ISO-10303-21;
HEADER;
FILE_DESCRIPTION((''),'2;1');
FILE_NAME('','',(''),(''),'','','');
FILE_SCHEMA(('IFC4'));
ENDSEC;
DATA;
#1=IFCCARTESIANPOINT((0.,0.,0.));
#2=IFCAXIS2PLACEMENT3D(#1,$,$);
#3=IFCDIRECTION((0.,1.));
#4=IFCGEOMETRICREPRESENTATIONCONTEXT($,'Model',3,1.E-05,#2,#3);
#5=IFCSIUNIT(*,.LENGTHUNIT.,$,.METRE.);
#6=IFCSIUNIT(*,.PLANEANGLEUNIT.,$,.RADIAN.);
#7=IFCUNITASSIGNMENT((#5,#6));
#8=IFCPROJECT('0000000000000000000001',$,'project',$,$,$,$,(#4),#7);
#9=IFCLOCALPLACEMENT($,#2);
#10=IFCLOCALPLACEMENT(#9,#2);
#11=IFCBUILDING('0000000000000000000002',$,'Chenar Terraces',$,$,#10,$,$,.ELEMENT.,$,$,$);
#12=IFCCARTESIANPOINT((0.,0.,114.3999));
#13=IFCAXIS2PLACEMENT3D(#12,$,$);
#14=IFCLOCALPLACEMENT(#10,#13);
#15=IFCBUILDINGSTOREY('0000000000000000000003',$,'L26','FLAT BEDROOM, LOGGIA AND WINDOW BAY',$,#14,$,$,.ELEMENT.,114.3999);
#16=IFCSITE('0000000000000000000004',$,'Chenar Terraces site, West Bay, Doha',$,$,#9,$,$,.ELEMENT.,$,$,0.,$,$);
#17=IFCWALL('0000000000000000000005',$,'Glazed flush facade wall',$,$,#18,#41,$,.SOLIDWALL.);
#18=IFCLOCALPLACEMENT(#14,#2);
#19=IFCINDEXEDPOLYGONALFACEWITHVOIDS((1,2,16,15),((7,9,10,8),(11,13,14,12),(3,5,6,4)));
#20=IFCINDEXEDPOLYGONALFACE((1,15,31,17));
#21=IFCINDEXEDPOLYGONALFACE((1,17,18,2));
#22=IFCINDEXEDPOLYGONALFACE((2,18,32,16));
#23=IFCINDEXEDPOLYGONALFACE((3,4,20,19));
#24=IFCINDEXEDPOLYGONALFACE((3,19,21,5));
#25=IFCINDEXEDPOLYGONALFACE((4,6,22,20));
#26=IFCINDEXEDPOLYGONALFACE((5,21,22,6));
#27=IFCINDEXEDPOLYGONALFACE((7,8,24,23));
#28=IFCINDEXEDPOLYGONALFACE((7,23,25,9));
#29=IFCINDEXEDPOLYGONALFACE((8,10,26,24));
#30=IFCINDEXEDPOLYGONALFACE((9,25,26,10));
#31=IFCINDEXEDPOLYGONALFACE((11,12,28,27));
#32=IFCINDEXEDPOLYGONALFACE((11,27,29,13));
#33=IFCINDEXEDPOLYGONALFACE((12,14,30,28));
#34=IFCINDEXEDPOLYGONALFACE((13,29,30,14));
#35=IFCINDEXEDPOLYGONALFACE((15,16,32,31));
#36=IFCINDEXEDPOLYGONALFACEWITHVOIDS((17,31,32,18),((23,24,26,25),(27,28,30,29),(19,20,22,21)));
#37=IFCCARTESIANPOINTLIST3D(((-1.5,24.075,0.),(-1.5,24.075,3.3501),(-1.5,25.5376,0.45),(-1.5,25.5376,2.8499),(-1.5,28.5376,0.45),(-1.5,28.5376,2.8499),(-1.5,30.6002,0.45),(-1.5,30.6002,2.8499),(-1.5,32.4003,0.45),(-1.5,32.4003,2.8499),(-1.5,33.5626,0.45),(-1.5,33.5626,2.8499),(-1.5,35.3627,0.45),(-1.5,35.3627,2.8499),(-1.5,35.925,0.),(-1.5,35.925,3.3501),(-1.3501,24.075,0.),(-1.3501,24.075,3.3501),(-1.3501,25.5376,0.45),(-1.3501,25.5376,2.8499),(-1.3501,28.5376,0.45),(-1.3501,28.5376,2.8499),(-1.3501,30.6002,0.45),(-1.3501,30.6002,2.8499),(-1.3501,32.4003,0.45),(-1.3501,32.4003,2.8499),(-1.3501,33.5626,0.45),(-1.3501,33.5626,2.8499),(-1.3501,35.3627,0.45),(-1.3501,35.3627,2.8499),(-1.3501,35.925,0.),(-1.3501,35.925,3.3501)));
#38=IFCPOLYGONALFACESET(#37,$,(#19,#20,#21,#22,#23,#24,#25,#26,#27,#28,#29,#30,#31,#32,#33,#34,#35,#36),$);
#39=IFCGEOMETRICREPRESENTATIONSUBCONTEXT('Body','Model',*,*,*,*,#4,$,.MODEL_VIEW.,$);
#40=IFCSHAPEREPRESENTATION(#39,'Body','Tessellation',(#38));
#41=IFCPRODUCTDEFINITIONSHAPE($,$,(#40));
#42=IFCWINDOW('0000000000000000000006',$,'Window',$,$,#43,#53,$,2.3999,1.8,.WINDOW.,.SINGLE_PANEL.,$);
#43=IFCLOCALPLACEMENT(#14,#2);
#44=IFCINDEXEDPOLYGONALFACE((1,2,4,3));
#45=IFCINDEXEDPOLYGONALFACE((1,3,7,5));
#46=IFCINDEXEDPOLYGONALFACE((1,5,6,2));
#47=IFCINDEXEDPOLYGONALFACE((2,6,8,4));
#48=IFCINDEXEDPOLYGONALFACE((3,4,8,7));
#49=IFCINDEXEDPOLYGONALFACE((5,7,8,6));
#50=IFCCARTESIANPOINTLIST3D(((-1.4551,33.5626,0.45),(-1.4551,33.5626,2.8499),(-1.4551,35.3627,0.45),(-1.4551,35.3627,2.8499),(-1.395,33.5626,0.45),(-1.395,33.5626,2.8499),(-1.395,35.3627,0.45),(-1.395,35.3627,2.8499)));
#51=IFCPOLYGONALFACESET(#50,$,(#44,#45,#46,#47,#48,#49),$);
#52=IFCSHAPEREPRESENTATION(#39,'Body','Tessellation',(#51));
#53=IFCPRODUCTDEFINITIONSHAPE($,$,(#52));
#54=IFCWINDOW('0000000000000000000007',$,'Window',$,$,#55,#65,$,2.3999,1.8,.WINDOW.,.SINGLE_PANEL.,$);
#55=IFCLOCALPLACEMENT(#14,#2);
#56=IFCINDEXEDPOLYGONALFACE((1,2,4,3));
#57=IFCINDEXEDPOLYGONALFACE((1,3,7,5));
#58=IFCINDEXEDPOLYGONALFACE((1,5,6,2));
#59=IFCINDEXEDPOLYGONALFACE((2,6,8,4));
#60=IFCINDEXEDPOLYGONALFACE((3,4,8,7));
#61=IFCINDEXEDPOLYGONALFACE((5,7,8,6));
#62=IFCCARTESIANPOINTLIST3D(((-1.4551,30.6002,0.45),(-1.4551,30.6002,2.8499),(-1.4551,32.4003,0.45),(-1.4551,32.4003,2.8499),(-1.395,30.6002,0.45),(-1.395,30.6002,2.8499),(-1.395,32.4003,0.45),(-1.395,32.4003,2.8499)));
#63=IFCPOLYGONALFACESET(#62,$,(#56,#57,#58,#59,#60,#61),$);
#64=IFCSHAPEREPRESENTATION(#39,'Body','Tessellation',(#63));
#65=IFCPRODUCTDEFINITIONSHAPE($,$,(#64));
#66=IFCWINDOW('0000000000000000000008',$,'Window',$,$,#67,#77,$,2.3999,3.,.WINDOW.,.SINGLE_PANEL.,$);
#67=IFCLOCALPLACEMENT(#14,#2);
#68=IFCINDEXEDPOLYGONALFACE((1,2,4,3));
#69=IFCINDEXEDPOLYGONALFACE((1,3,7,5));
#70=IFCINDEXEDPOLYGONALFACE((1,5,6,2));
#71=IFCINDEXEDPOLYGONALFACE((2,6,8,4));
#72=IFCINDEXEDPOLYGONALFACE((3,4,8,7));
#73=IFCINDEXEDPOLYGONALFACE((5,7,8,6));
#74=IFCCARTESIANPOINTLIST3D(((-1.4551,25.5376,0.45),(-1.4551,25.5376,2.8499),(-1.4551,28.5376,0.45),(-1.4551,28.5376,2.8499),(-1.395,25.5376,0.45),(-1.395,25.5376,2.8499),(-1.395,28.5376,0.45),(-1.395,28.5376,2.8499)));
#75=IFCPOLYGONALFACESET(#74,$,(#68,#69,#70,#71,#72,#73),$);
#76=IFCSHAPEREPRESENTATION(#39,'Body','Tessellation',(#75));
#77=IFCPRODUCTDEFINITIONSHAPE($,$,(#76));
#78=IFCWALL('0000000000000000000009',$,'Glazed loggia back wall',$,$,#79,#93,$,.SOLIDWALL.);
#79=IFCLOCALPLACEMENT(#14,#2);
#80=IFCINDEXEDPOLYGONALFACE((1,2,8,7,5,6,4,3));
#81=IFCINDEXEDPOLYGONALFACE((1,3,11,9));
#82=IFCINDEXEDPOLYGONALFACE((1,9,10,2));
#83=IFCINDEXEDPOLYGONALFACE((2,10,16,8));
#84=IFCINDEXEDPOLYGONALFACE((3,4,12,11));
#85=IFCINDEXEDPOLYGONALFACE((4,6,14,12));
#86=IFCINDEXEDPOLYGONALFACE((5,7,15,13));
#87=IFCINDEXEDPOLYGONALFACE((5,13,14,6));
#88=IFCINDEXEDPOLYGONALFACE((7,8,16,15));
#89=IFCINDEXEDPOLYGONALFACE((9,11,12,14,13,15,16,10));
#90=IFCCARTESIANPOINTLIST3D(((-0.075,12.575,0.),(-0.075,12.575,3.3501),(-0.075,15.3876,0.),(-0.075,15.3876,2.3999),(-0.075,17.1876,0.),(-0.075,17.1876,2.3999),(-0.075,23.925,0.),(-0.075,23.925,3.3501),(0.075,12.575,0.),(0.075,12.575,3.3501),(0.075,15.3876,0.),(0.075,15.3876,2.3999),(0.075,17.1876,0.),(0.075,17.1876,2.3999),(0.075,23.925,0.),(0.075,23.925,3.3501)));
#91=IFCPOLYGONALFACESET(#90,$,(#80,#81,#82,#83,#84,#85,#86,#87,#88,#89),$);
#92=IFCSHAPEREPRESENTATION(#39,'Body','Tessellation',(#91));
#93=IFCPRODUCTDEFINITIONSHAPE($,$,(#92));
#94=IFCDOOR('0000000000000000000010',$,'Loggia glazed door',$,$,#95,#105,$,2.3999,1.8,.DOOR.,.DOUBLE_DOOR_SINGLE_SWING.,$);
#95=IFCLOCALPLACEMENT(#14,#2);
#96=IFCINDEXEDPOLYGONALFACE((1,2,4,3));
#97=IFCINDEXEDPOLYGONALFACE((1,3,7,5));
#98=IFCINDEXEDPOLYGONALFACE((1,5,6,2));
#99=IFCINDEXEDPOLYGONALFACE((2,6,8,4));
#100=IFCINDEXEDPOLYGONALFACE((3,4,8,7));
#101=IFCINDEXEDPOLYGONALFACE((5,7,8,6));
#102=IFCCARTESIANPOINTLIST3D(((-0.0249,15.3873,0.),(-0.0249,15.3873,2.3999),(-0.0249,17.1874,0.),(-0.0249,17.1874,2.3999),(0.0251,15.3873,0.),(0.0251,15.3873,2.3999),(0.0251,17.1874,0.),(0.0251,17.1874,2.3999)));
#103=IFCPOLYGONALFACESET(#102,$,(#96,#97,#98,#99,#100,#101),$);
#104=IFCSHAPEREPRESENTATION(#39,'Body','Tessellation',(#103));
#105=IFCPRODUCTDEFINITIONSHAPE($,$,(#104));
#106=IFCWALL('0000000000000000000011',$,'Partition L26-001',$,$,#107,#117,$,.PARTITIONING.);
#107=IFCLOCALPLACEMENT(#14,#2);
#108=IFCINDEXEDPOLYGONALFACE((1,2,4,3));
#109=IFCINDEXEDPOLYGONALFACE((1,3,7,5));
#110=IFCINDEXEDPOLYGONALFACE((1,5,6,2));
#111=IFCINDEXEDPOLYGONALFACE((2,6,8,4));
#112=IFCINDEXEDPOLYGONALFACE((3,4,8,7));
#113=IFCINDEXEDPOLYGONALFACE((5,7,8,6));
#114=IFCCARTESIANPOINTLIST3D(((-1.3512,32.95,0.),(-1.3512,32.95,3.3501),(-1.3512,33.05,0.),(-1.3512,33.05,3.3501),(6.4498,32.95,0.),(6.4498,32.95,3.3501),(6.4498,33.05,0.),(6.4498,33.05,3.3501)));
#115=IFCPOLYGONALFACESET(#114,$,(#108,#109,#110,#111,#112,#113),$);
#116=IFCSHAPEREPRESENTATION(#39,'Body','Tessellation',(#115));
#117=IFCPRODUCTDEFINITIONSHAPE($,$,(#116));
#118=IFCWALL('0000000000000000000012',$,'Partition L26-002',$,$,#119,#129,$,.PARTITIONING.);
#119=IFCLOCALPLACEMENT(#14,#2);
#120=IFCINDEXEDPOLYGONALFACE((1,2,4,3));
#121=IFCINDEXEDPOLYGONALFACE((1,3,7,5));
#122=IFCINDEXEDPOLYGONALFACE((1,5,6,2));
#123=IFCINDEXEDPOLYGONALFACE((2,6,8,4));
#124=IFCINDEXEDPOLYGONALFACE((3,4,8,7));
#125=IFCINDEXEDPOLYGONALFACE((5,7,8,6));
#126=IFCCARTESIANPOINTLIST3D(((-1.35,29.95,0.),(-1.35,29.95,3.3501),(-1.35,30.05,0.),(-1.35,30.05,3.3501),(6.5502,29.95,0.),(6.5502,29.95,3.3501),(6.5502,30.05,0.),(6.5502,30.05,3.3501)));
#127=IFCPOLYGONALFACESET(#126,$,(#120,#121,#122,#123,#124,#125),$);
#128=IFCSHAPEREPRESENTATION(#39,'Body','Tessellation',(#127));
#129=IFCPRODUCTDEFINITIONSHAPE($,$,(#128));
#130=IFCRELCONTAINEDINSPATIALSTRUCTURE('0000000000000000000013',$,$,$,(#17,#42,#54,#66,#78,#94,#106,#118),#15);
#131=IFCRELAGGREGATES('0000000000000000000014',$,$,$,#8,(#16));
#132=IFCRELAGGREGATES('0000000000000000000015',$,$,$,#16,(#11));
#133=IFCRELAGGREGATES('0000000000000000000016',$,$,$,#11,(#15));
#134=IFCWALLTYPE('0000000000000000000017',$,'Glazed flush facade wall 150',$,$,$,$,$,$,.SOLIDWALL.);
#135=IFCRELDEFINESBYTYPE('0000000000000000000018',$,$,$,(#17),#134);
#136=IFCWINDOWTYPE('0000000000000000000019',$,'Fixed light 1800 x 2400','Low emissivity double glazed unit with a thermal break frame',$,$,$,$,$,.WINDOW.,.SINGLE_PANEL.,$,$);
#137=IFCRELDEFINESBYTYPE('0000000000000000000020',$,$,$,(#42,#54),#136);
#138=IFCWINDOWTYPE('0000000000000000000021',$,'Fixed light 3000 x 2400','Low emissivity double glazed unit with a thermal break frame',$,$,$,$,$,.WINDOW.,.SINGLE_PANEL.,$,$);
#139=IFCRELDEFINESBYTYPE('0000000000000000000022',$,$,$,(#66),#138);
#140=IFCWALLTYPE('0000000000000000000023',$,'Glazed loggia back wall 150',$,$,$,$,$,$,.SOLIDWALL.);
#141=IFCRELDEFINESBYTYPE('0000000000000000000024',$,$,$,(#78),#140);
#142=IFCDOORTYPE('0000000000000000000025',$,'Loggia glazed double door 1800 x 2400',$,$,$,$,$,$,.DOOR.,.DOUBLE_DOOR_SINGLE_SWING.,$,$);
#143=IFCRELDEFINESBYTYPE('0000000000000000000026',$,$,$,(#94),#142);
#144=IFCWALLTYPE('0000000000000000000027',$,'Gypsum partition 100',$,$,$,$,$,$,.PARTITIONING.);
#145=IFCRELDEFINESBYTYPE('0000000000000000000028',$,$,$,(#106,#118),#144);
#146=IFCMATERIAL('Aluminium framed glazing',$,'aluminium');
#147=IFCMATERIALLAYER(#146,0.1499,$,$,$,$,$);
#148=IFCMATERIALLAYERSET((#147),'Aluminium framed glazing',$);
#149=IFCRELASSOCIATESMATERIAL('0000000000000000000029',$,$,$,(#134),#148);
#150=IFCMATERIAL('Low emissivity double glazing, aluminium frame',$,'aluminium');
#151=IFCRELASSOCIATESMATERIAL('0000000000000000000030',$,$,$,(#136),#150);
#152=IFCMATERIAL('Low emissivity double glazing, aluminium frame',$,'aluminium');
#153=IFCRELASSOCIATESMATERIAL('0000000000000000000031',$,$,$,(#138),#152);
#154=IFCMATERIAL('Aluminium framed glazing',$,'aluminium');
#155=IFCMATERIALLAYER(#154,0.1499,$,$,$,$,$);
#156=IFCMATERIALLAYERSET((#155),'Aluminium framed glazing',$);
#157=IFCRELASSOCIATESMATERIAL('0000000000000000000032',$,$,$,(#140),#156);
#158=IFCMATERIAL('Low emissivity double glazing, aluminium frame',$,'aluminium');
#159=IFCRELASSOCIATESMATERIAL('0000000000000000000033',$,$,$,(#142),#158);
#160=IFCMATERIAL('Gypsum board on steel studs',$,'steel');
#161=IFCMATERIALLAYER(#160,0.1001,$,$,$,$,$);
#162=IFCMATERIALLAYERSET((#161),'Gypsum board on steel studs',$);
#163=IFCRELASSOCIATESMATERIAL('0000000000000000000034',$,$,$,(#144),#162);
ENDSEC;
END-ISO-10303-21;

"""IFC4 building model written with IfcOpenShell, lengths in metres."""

from ifc_helpers import new_model, si_unit, direction, frame, frame_2d, origin, place, context, subcontext, project, spatial, rectangle, extrude, material, layer, layer_set, type_object, element, fill, save


model = new_model("IFC4")

# Units and contexts
model_context = context("Model", 3, precision=1e-05, world=origin(), true_north=direction((0.0, 1.0)))
body_context = subcontext(model_context, "Body", "Model", "MODEL_VIEW")
ifc_project = project(units=[si_unit("LENGTHUNIT", "METRE"), si_unit("PLANEANGLEUNIT", "RADIAN")], contexts=[model_context])

# Site, building, storey
site_placement = place(None, origin())
site = spatial("IfcSite", under=ifc_project, at=site_placement, Name="Chenar Terraces site, West Bay, Doha", CompositionType="ELEMENT", RefElevation=0.0)
building_placement = place(site_placement, origin())
building = spatial("IfcBuilding", under=site, at=building_placement, Name="Chenar Terraces", CompositionType="ELEMENT")
storey_placement = place(building_placement, frame((0.0, 0.0, 114.3999)))
storey = spatial("IfcBuildingStorey", under=building, at=storey_placement, Name="L26", Description="FLAT BEDROOM, LOGGIA AND WINDOW BAY", CompositionType="ELEMENT", Elevation=114.3999)

# Wall, openings, windows
ifc_material_1 = material(Name="Aluminium framed glazing", Category="aluminium")
ifc_layer_1 = layer(ifc_material_1, 0.1499)
ifc_layer_set_1 = layer_set([ifc_layer_1], Name="Aluminium framed glazing")
wall_type_1 = type_object("IfcWallType", Name="Glazed flush facade wall 150", PredefinedType="SOLIDWALL", material=ifc_layer_set_1)
wall_1_placement = place(storey_placement, frame((-1.425, 35.925, 0.0), z_axis=(0.0, 0.0, 1.0), x_axis=(0.0, -1.0, 0.0)))
wall_1 = element("IfcWall", 1, at=wall_1_placement, inside=storey, type_object=wall_type_1, Name="Glazed flush facade wall", PredefinedType="SOLIDWALL", context=body_context, shape_type="SweptSolid", body=[
    extrude(rectangle(XDim=11.8501, YDim=0.1499, at=frame_2d((5.925, 0.0))), origin(), (0.0, 0.0, 1.0), 3.3501),
])
opening_1_placement = place(wall_1_placement, frame((0.5625, 0.0, 0.45)))
opening_1 = element("IfcOpeningElement", 2, at=opening_1_placement, cuts=wall_1, PredefinedType="OPENING", context=body_context, shape_type="SweptSolid", body=[
    extrude(rectangle(XDim=1.8, YDim=2.3999, at=frame_2d((0.8999, 1.2))), frame((0.0, 0.085, 0.0), z_axis=(0.0, -1.0, 0.0), x_axis=(1.0, 0.0, 0.0)), (0.0, 0.0, 1.0), 0.1699),
])
opening_2_placement = place(wall_1_placement, frame((3.5249, 0.0, 0.45)))
opening_2 = element("IfcOpeningElement", 3, at=opening_2_placement, cuts=wall_1, PredefinedType="OPENING", context=body_context, shape_type="SweptSolid", body=[
    extrude(rectangle(XDim=1.8, YDim=2.3999, at=frame_2d((0.8999, 1.2))), frame((0.0, 0.085, 0.0), z_axis=(0.0, -1.0, 0.0), x_axis=(1.0, 0.0, 0.0)), (0.0, 0.0, 1.0), 0.1699),
])
opening_3_placement = place(wall_1_placement, frame((7.3875, 0.0, 0.45)))
opening_3 = element("IfcOpeningElement", 4, at=opening_3_placement, cuts=wall_1, PredefinedType="OPENING", context=body_context, shape_type="SweptSolid", body=[
    extrude(rectangle(XDim=3.0, YDim=2.3999, at=frame_2d((1.5, 1.2))), frame((0.0, 0.085, 0.0), z_axis=(0.0, -1.0, 0.0), x_axis=(1.0, 0.0, 0.0)), (0.0, 0.0, 1.0), 0.1699),
])
ifc_material_2 = material(Name="Low emissivity double glazing, aluminium frame", Category="aluminium")
window_type_1 = type_object("IfcWindowType", Name="Fixed light 1800 x 2400", Description="Low emissivity double glazed unit with a thermal break frame", PartitioningType="SINGLE_PANEL", PredefinedType="WINDOW", material=ifc_material_2)
window_1_placement = place(opening_1_placement, origin())
window_1 = element("IfcWindow", 5, at=window_1_placement, inside=storey, type_object=window_type_1, Name="Window", OverallHeight=2.3999, OverallWidth=1.8, PartitioningType="SINGLE_PANEL", PredefinedType="WINDOW", context=body_context, shape_type="SweptSolid", body=[
    extrude(rectangle(XDim=1.8, YDim=2.3999, at=frame_2d((0.8999, 1.2))), frame((0.0, 0.03, 0.0), z_axis=(0.0, -1.0, 0.0), x_axis=(1.0, 0.0, 0.0)), (0.0, 0.0, 1.0), 0.0601),
])
fill(opening_1, window_1)
window_2_placement = place(opening_2_placement, origin())
window_2 = element("IfcWindow", 6, at=window_2_placement, inside=storey, type_object=window_type_1, Name="Window", OverallHeight=2.3999, OverallWidth=1.8, PartitioningType="SINGLE_PANEL", PredefinedType="WINDOW", context=body_context, shape_type="SweptSolid", body=[
    extrude(rectangle(XDim=1.8, YDim=2.3999, at=frame_2d((0.8999, 1.2))), frame((0.0, 0.03, 0.0), z_axis=(0.0, -1.0, 0.0), x_axis=(1.0, 0.0, 0.0)), (0.0, 0.0, 1.0), 0.0601),
])
fill(opening_2, window_2)
ifc_material_3 = material(Name="Low emissivity double glazing, aluminium frame", Category="aluminium")
window_type_2 = type_object("IfcWindowType", Name="Fixed light 3000 x 2400", Description="Low emissivity double glazed unit with a thermal break frame", PartitioningType="SINGLE_PANEL", PredefinedType="WINDOW", material=ifc_material_3)
window_3_placement = place(opening_3_placement, origin())
window_3 = element("IfcWindow", 7, at=window_3_placement, inside=storey, type_object=window_type_2, Name="Window", OverallHeight=2.3999, OverallWidth=3.0, PartitioningType="SINGLE_PANEL", PredefinedType="WINDOW", context=body_context, shape_type="SweptSolid", body=[
    extrude(rectangle(XDim=3.0, YDim=2.3999, at=frame_2d((1.5, 1.2))), frame((0.0, 0.03, 0.0), z_axis=(0.0, -1.0, 0.0), x_axis=(1.0, 0.0, 0.0)), (0.0, 0.0, 1.0), 0.0601),
])
fill(opening_3, window_3)

# Wall, opening, door
ifc_material_4 = material(Name="Aluminium framed glazing", Category="aluminium")
ifc_layer_2 = layer(ifc_material_4, 0.1499)
ifc_layer_set_2 = layer_set([ifc_layer_2], Name="Aluminium framed glazing")
wall_type_2 = type_object("IfcWallType", Name="Glazed loggia back wall 150", PredefinedType="SOLIDWALL", material=ifc_layer_set_2)
wall_2_placement = place(storey_placement, frame((0.0, 23.925, 0.0), z_axis=(0.0, 0.0, 1.0), x_axis=(0.0, -1.0, 0.0)))
wall_2 = element("IfcWall", 8, at=wall_2_placement, inside=storey, type_object=wall_type_2, Name="Glazed loggia back wall", PredefinedType="SOLIDWALL", context=body_context, shape_type="SweptSolid", body=[
    extrude(rectangle(XDim=11.3501, YDim=0.1499, at=frame_2d((5.675, 0.0))), origin(), (0.0, 0.0, 1.0), 3.3501),
])
opening_4_placement = place(wall_2_placement, frame((6.7375, 0.0, 0.0)))
opening_4 = element("IfcOpeningElement", 9, at=opening_4_placement, cuts=wall_2, PredefinedType="OPENING", context=body_context, shape_type="SweptSolid", body=[
    extrude(rectangle(XDim=1.8, YDim=2.3999, at=frame_2d((0.8999, 1.2))), frame((0.0, 0.085, 0.0), z_axis=(0.0, -1.0, 0.0), x_axis=(1.0, 0.0, 0.0)), (0.0, 0.0, 1.0), 0.1699),
])
ifc_material_5 = material(Name="Low emissivity double glazing, aluminium frame", Category="aluminium")
door_type_1 = type_object("IfcDoorType", Name="Loggia glazed double door 1800 x 2400", OperationType="DOUBLE_DOOR_SINGLE_SWING", PredefinedType="DOOR", material=ifc_material_5)
door_1_placement = place(opening_4_placement, frame((1.8, 0.0, 0.0), z_axis=(0.0, 0.0, 1.0), x_axis=(-1.0, 0.0, 0.0)))
door_1 = element("IfcDoor", 10, at=door_1_placement, inside=storey, type_object=door_type_1, Name="Loggia glazed door", OperationType="DOUBLE_DOOR_SINGLE_SWING", OverallHeight=2.3999, OverallWidth=1.8, PredefinedType="DOOR", context=body_context, shape_type="SweptSolid", body=[
    extrude(rectangle(XDim=1.8, YDim=2.3999, at=frame_2d((0.8999, 1.2))), frame((0.0, 0.0249, 0.0), z_axis=(0.0, -1.0, 0.0), x_axis=(1.0, 0.0, 0.0)), (0.0, 0.0, 1.0), 0.05),
])
fill(opening_4, door_1)

# Walls
ifc_material_6 = material(Name="Gypsum board on steel studs", Category="steel")
ifc_layer_3 = layer(ifc_material_6, 0.1001)
ifc_layer_set_3 = layer_set([ifc_layer_3], Name="Gypsum board on steel studs")
wall_type_3 = type_object("IfcWallType", Name="Gypsum partition 100", PredefinedType="PARTITIONING", material=ifc_layer_set_3)
wall_3_placement = place(storey_placement, frame((-1.3511, 33.0, 0.0), z_axis=(0.0, 0.0, 1.0), x_axis=(1.0, 0.0, 0.0)))
element("IfcWall", 11, at=wall_3_placement, inside=storey, type_object=wall_type_3, Name="Partition L26-001", PredefinedType="PARTITIONING", context=body_context, shape_type="SweptSolid", body=[
    extrude(rectangle(XDim=7.801, YDim=0.1001, at=frame_2d((3.9004, 0.0))), origin(), (0.0, 0.0, 1.0), 3.3501),
])
wall_4_placement = place(storey_placement, frame((-1.3501, 30.0, 0.0), z_axis=(0.0, 0.0, 1.0), x_axis=(1.0, 0.0, 0.0)))
element("IfcWall", 12, at=wall_4_placement, inside=storey, type_object=wall_type_3, Name="Partition L26-002", PredefinedType="PARTITIONING", context=body_context, shape_type="SweptSolid", body=[
    extrude(rectangle(XDim=7.9001, YDim=0.1001, at=frame_2d((3.9502, 0.0))), origin(), (0.0, 0.0, 1.0), 3.3501),
])

save(model, "model.ifc")
